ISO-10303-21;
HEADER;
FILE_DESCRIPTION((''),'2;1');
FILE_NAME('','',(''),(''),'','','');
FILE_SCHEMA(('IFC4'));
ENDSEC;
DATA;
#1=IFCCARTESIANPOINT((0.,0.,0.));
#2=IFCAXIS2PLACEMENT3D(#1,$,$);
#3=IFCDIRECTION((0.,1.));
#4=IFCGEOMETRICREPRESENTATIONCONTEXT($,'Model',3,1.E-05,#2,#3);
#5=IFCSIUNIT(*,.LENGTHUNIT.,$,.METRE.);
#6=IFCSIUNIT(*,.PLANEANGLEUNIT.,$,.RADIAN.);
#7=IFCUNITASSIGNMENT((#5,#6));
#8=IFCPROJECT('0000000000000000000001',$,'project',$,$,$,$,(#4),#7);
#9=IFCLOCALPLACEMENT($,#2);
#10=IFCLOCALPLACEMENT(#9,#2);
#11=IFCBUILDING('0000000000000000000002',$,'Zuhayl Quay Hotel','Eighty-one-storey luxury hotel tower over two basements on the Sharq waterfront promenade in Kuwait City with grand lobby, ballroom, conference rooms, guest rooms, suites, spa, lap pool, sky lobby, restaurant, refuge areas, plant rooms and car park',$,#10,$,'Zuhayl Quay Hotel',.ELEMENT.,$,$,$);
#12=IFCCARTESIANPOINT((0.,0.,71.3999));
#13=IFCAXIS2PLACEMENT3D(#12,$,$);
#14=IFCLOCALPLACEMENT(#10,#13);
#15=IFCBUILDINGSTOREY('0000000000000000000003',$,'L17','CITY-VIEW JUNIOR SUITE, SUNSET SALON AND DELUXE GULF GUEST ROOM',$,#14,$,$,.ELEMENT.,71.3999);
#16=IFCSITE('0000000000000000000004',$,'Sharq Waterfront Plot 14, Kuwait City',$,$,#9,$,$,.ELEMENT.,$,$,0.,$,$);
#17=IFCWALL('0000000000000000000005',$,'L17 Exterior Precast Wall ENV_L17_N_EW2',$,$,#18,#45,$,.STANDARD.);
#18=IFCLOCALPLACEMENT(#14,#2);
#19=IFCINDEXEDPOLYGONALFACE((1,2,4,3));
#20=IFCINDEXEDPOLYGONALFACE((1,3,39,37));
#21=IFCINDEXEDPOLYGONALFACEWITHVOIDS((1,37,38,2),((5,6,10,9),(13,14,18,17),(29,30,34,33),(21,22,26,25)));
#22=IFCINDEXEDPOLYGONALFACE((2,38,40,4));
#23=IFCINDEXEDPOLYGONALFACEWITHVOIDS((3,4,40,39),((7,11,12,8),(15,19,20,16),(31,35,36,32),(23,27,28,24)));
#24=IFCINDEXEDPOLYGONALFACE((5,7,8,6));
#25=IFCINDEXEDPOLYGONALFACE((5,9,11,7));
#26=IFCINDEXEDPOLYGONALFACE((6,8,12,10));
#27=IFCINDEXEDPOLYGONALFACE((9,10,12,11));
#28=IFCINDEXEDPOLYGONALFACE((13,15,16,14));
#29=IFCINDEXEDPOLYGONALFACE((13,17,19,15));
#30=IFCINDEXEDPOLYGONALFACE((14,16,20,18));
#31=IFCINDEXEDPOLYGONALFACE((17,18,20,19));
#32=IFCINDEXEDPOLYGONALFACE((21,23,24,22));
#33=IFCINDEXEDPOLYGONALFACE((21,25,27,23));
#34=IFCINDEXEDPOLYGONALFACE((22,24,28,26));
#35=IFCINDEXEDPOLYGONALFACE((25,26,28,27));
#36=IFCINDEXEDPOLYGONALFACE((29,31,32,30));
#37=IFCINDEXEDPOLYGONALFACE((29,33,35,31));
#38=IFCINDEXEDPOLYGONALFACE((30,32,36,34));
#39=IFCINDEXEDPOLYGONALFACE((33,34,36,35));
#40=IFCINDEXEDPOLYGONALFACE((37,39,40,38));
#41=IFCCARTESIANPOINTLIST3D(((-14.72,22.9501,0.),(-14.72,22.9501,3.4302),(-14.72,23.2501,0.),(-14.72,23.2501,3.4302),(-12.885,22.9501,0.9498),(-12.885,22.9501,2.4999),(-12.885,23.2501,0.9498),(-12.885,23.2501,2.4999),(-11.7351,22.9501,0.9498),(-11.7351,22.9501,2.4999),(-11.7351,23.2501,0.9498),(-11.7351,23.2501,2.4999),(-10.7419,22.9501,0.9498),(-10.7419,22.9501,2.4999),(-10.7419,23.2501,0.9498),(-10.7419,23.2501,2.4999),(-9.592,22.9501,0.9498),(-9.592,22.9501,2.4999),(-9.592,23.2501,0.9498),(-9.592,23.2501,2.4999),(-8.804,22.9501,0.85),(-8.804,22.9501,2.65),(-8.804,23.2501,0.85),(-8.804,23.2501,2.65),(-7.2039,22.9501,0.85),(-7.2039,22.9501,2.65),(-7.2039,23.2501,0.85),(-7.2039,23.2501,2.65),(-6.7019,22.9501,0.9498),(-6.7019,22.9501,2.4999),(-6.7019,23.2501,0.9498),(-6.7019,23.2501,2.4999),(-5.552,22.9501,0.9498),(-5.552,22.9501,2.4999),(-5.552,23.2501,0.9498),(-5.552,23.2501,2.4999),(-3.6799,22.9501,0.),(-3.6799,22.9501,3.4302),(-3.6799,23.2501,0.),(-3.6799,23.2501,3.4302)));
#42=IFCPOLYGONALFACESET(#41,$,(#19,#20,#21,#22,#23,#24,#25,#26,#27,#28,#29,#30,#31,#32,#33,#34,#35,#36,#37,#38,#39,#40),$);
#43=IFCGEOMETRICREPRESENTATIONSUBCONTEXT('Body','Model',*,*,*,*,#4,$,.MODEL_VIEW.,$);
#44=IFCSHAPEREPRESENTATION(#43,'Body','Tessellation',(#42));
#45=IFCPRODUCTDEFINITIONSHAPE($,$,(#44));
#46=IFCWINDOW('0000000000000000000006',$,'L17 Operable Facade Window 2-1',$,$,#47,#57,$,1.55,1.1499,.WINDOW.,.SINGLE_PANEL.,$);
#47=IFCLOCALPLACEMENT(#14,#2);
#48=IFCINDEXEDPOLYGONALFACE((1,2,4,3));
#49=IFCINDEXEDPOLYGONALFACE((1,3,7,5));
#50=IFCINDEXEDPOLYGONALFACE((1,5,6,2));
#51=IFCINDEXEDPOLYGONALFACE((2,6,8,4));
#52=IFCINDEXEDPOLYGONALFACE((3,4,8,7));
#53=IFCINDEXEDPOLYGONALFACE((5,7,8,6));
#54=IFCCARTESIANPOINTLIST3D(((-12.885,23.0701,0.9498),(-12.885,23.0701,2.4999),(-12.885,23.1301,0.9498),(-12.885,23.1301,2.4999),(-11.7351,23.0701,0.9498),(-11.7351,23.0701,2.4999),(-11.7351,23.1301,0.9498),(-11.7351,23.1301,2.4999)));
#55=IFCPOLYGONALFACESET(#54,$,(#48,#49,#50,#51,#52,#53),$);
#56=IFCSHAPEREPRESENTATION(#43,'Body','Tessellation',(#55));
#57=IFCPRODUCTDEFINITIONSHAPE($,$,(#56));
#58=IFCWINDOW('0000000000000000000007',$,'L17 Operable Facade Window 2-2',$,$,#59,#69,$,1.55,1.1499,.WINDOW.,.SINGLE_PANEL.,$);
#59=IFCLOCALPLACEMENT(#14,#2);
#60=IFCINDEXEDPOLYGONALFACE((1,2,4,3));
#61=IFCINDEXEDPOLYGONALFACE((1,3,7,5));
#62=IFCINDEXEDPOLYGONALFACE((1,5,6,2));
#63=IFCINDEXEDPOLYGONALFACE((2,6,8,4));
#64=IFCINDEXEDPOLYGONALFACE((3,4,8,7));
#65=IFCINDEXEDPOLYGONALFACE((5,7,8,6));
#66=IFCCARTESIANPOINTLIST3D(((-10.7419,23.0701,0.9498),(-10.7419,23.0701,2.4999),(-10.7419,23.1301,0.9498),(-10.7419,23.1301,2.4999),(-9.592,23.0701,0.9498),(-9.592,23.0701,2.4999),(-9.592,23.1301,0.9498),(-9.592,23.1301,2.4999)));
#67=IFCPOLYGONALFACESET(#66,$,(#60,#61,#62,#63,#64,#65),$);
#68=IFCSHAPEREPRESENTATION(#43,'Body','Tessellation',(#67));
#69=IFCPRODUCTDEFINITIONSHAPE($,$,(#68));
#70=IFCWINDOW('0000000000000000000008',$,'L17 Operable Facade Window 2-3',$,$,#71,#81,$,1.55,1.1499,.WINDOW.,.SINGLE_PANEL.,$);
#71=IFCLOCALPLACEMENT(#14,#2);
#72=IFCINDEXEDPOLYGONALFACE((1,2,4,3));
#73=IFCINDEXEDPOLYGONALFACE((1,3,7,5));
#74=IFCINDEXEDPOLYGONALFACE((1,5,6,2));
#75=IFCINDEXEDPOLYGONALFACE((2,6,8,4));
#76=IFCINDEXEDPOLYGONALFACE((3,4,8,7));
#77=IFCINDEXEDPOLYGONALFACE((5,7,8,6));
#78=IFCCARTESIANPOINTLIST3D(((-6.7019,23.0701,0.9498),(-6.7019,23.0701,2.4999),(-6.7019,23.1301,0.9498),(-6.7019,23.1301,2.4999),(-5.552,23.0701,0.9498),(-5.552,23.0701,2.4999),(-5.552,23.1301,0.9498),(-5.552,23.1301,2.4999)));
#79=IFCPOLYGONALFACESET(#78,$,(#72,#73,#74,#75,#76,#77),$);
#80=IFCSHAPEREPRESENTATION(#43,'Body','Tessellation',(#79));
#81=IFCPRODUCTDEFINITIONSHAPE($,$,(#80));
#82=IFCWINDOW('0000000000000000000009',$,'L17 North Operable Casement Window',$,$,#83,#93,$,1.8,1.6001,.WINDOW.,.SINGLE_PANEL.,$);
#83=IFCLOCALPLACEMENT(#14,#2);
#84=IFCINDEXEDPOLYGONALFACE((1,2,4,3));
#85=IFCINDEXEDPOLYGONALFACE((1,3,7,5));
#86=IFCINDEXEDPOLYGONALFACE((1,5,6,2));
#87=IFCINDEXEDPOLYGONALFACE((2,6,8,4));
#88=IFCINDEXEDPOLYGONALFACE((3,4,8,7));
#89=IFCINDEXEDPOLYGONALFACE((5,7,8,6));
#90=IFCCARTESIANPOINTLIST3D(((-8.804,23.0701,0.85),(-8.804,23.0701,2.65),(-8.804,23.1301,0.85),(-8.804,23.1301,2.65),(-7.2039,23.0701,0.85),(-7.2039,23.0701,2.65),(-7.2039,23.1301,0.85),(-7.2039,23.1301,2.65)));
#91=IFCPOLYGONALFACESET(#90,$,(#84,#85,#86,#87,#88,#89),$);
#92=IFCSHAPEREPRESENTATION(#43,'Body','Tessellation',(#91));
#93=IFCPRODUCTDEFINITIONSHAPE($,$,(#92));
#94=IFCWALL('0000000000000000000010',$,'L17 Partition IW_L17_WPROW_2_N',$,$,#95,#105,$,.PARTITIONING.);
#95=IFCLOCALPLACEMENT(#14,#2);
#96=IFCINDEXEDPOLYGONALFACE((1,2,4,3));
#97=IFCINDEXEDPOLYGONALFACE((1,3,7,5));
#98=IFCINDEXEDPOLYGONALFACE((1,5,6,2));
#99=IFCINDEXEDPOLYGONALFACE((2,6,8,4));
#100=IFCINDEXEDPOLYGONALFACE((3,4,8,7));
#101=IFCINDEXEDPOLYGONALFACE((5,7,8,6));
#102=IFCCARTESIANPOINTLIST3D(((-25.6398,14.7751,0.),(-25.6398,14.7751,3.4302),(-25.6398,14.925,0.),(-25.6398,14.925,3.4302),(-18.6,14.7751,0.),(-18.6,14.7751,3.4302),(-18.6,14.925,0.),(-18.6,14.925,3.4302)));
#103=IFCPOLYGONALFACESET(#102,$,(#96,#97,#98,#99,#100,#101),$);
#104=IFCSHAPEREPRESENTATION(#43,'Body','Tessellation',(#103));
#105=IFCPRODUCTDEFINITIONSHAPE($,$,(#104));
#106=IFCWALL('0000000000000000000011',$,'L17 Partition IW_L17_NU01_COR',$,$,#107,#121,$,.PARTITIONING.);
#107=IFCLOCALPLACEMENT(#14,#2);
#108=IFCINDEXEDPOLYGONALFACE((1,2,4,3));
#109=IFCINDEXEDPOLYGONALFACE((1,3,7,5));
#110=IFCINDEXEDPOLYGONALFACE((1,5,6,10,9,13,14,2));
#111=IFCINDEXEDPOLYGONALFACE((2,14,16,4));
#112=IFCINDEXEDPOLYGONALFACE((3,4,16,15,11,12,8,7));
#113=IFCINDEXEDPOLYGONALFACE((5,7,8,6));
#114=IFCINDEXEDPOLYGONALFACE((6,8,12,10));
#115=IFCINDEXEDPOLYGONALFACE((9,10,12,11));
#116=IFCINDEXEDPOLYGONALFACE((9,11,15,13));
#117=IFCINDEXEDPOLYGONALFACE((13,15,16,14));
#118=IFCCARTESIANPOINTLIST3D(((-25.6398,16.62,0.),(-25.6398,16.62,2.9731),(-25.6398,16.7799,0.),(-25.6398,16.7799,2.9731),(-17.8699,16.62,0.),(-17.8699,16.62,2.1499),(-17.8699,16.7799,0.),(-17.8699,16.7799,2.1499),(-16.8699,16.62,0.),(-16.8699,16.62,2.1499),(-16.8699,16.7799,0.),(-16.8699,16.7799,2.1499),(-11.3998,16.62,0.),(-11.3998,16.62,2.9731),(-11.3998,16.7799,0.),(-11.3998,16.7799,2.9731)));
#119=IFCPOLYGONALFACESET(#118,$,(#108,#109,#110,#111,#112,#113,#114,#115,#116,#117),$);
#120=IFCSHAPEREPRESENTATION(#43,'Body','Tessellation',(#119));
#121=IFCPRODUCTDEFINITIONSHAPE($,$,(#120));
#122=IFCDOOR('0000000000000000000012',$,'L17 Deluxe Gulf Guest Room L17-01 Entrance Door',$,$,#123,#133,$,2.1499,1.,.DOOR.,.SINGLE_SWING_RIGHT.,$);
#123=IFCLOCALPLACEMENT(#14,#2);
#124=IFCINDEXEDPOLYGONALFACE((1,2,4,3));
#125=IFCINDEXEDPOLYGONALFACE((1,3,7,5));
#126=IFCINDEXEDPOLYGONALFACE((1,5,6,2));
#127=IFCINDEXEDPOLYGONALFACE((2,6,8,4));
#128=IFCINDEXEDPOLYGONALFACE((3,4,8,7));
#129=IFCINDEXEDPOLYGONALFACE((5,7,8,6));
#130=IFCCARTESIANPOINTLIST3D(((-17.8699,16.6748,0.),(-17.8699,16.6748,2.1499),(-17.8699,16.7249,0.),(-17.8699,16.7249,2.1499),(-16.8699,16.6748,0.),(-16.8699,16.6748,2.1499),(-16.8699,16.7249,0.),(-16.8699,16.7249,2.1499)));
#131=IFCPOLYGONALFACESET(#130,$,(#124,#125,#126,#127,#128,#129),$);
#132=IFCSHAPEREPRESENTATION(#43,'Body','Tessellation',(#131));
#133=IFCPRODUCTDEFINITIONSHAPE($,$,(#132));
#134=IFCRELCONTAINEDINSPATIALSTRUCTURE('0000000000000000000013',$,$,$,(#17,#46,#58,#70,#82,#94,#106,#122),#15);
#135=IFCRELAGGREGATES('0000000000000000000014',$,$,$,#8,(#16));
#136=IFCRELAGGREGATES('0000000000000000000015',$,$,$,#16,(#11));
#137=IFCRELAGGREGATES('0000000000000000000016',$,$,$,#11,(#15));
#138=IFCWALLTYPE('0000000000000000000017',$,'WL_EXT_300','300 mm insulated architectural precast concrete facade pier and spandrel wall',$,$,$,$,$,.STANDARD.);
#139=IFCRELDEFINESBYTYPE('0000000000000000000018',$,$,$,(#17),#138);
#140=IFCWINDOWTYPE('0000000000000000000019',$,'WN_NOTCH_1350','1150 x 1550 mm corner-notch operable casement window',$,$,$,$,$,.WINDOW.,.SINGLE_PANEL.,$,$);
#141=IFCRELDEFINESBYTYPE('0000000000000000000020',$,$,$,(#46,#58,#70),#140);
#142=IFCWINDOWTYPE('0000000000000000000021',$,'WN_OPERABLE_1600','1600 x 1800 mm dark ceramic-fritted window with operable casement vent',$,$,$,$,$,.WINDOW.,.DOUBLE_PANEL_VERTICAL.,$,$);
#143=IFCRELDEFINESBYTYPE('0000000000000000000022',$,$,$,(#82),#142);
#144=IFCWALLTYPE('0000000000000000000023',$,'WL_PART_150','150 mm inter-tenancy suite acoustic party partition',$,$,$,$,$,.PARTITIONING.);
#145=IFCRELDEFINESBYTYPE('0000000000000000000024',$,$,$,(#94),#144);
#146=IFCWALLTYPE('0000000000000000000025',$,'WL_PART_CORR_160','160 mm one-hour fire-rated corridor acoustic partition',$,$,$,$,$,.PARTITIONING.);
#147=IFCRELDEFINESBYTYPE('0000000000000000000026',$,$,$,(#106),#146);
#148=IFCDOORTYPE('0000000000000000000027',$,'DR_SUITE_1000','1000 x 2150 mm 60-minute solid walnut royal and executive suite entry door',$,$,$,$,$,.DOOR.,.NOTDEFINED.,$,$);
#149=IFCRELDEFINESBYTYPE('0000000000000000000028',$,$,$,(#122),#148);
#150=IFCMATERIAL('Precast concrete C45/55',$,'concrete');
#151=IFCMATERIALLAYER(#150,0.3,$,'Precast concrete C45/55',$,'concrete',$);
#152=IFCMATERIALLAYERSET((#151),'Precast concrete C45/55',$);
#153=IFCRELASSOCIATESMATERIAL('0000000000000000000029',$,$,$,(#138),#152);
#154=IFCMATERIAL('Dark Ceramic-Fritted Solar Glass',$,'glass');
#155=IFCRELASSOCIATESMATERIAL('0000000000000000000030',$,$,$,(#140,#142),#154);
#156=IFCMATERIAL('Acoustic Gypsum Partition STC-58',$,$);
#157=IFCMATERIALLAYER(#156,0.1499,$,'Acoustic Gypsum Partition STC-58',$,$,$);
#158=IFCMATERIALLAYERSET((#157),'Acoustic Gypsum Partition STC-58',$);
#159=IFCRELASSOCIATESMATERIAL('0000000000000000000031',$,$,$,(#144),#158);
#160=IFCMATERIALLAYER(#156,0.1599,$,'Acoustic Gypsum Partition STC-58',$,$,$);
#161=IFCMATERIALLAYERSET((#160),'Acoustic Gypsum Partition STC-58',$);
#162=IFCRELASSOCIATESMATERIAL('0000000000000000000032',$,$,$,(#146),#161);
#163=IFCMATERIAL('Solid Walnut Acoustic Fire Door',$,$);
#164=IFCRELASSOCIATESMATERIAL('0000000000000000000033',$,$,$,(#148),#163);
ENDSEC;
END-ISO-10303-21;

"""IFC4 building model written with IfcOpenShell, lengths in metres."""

from ifc_helpers import new_model, si_unit, direction, frame, frame_2d, origin, place, context, subcontext, project, spatial, rectangle, extrude, material, layer, layer_set, type_object, element, fill, save


model = new_model("IFC4")

# Units and contexts
model_context = context("Model", 3, precision=1e-05, world=origin(), true_north=direction((0.0, 1.0)))
body_context = subcontext(model_context, "Body", "Model", "MODEL_VIEW")
ifc_project = project(units=[si_unit("LENGTHUNIT", "METRE"), si_unit("PLANEANGLEUNIT", "RADIAN")], contexts=[model_context])

# Site, building, storey
site_placement = place(None, origin())
site = spatial("IfcSite", under=ifc_project, at=site_placement, Name="Sharq Waterfront Plot 14, Kuwait City", CompositionType="ELEMENT", RefElevation=0.0)
building_placement = place(site_placement, origin())
building = spatial("IfcBuilding", under=site, at=building_placement, Name="Zuhayl Quay Hotel", Description="Eighty-one-storey luxury hotel tower over two basements on the Sharq waterfront promenade in Kuwait City with grand lobby, ballroom, conference rooms, guest rooms, suites, spa, lap pool, sky lobby, restaurant, refuge areas, plant rooms and car park", LongName="Zuhayl Quay Hotel", CompositionType="ELEMENT")
storey_placement = place(building_placement, frame((0.0, 0.0, 71.3999)))
storey = spatial("IfcBuildingStorey", under=building, at=storey_placement, Name="L17", Description="CITY-VIEW JUNIOR SUITE, SUNSET SALON AND DELUXE GULF GUEST ROOM", CompositionType="ELEMENT", Elevation=71.3999)

# Shared definitions
ifc_material_1 = material(Name="Dark Ceramic-Fritted Solar Glass", Category="glass")

# Shared definitions
ifc_material_2 = material(Name="Precast concrete C45/55", Category="concrete")
ifc_layer_1 = layer(ifc_material_2, 0.3, Name="Precast concrete C45/55", Category="concrete")
ifc_layer_set_1 = layer_set([ifc_layer_1], Name="Precast concrete C45/55")
wall_type_1 = type_object("IfcWallType", Name="WL_EXT_300", Description="300 mm insulated architectural precast concrete facade pier and spandrel wall", PredefinedType="STANDARD", material=ifc_layer_set_1)
window_type_1 = type_object("IfcWindowType", Name="WN_NOTCH_1350", Description="1150 x 1550 mm corner-notch operable casement window", PartitioningType="SINGLE_PANEL", PredefinedType="WINDOW", material=ifc_material_1)

# Wall, openings, windows
wall_1_placement = place(storey_placement, frame((-14.72, 23.1001, 0.0), z_axis=(0.0, 0.0, 1.0), x_axis=(1.0, 0.0, 0.0)))
wall_1 = element("IfcWall", 1, at=wall_1_placement, inside=storey, type_object=wall_type_1, Name="L17 Exterior Precast Wall ENV_L17_N_EW2", PredefinedType="STANDARD", context=body_context, shape_type="SweptSolid", body=[
    extrude(rectangle(XDim=11.04, YDim=0.3, at=frame_2d((5.52, 0.0))), origin(), (0.0, 0.0, 1.0), 3.4302),
])
opening_1_placement = place(wall_1_placement, frame((5.916, 0.0, 0.8501)))
opening_1 = element("IfcOpeningElement", 2, at=opening_1_placement, cuts=wall_1, PredefinedType="OPENING", context=body_context, shape_type="SweptSolid", body=[
    extrude(rectangle(XDim=1.6001, YDim=1.8, at=frame_2d((0.8, 0.8999))), frame((0.0, 0.1599, 0.0), z_axis=(0.0, -1.0, 0.0), x_axis=(1.0, 0.0, 0.0)), (0.0, 0.0, 1.0), 0.3201),
])
opening_2_placement = place(wall_1_placement, frame((1.835, 0.0, 0.95)))
opening_2 = element("IfcOpeningElement", 3, at=opening_2_placement, cuts=wall_1, PredefinedType="OPENING", context=body_context, shape_type="SweptSolid", body=[
    extrude(rectangle(XDim=1.1499, YDim=1.55, at=frame_2d((0.575, 0.7749))), frame((0.0, 0.1599, 0.0), z_axis=(0.0, -1.0, 0.0), x_axis=(1.0, 0.0, 0.0)), (0.0, 0.0, 1.0), 0.3201),
])
opening_3_placement = place(wall_1_placement, frame((3.978, 0.0, 0.95)))
opening_3 = element("IfcOpeningElement", 4, at=opening_3_placement, cuts=wall_1, PredefinedType="OPENING", context=body_context, shape_type="SweptSolid", body=[
    extrude(rectangle(XDim=1.1499, YDim=1.55, at=frame_2d((0.575, 0.7749))), frame((0.0, 0.1599, 0.0), z_axis=(0.0, -1.0, 0.0), x_axis=(1.0, 0.0, 0.0)), (0.0, 0.0, 1.0), 0.3201),
])
opening_4_placement = place(wall_1_placement, frame((8.0181, 0.0, 0.95)))
opening_4 = element("IfcOpeningElement", 5, at=opening_4_placement, cuts=wall_1, PredefinedType="OPENING", context=body_context, shape_type="SweptSolid", body=[
    extrude(rectangle(XDim=1.1499, YDim=1.55, at=frame_2d((0.575, 0.7749))), frame((0.0, 0.1599, 0.0), z_axis=(0.0, -1.0, 0.0), x_axis=(1.0, 0.0, 0.0)), (0.0, 0.0, 1.0), 0.3201),
])
window_1_placement = place(opening_2_placement, origin())
window_1 = element("IfcWindow", 6, at=window_1_placement, inside=storey, type_object=window_type_1, Name="L17 Operable Facade Window 2-1", OverallHeight=1.55, OverallWidth=1.1499, PartitioningType="SINGLE_PANEL", PredefinedType="WINDOW", context=body_context, shape_type="SweptSolid", body=[
    extrude(rectangle(XDim=1.1499, YDim=1.55, at=frame_2d((0.575, 0.7749))), frame((0.0, 0.03, 0.0), z_axis=(0.0, -1.0, 0.0), x_axis=(1.0, 0.0, 0.0)), (0.0, 0.0, 1.0), 0.0601),
])
fill(opening_2, window_1)
window_2_placement = place(opening_3_placement, origin())
window_2 = element("IfcWindow", 7, at=window_2_placement, inside=storey, type_object=window_type_1, Name="L17 Operable Facade Window 2-2", OverallHeight=1.55, OverallWidth=1.1499, PartitioningType="SINGLE_PANEL", PredefinedType="WINDOW", context=body_context, shape_type="SweptSolid", body=[
    extrude(rectangle(XDim=1.1499, YDim=1.55, at=frame_2d((0.575, 0.7749))), frame((0.0, 0.03, 0.0), z_axis=(0.0, -1.0, 0.0), x_axis=(1.0, 0.0, 0.0)), (0.0, 0.0, 1.0), 0.0601),
])
fill(opening_3, window_2)
window_3_placement = place(opening_4_placement, origin())
window_3 = element("IfcWindow", 8, at=window_3_placement, inside=storey, type_object=window_type_1, Name="L17 Operable Facade Window 2-3", OverallHeight=1.55, OverallWidth=1.1499, PartitioningType="SINGLE_PANEL", PredefinedType="WINDOW", context=body_context, shape_type="SweptSolid", body=[
    extrude(rectangle(XDim=1.1499, YDim=1.55, at=frame_2d((0.575, 0.7749))), frame((0.0, 0.03, 0.0), z_axis=(0.0, -1.0, 0.0), x_axis=(1.0, 0.0, 0.0)), (0.0, 0.0, 1.0), 0.0601),
])
fill(opening_4, window_3)
window_type_2 = type_object("IfcWindowType", Name="WN_OPERABLE_1600", Description="1600 x 1800 mm dark ceramic-fritted window with operable casement vent", PartitioningType="DOUBLE_PANEL_VERTICAL", PredefinedType="WINDOW", material=ifc_material_1)
window_4_placement = place(opening_1_placement, origin())
window_4 = element("IfcWindow", 9, at=window_4_placement, inside=storey, type_object=window_type_2, Name="L17 North Operable Casement Window", OverallHeight=1.8, OverallWidth=1.6001, PartitioningType="SINGLE_PANEL", PredefinedType="WINDOW", context=body_context, shape_type="SweptSolid", body=[
    extrude(rectangle(XDim=1.6001, YDim=1.8, at=frame_2d((0.8, 0.8999))), frame((0.0, 0.03, 0.0), z_axis=(0.0, -1.0, 0.0), x_axis=(1.0, 0.0, 0.0)), (0.0, 0.0, 1.0), 0.0601),
])
fill(opening_1, window_4)

# Wall
ifc_material_3 = material(Name="Acoustic Gypsum Partition STC-58")
ifc_layer_2 = layer(ifc_material_3, 0.1499, Name="Acoustic Gypsum Partition STC-58")
ifc_layer_set_2 = layer_set([ifc_layer_2], Name="Acoustic Gypsum Partition STC-58")
wall_type_2 = type_object("IfcWallType", Name="WL_PART_150", Description="150 mm inter-tenancy suite acoustic party partition", PredefinedType="PARTITIONING", material=ifc_layer_set_2)
wall_2_placement = place(storey_placement, frame((-25.6399, 14.8501, 0.0), z_axis=(0.0, 0.0, 1.0), x_axis=(1.0, 0.0, 0.0)))
element("IfcWall", 10, at=wall_2_placement, inside=storey, type_object=wall_type_2, Name="L17 Partition IW_L17_WPROW_2_N", PredefinedType="PARTITIONING", context=body_context, shape_type="SweptSolid", body=[
    extrude(rectangle(XDim=7.0398, YDim=0.1499, at=frame_2d((3.52, 0.0))), origin(), (0.0, 0.0, 1.0), 3.4302),
])

# Wall, opening, door
ifc_layer_3 = layer(ifc_material_3, 0.1599, Name="Acoustic Gypsum Partition STC-58")
ifc_layer_set_3 = layer_set([ifc_layer_3], Name="Acoustic Gypsum Partition STC-58")
wall_type_3 = type_object("IfcWallType", Name="WL_PART_CORR_160", Description="160 mm one-hour fire-rated corridor acoustic partition", PredefinedType="PARTITIONING", material=ifc_layer_set_3)
wall_3_placement = place(storey_placement, frame((-25.6399, 16.7, 0.0), z_axis=(0.0, 0.0, 1.0), x_axis=(1.0, 0.0, 0.0)))
wall_3 = element("IfcWall", 11, at=wall_3_placement, inside=storey, type_object=wall_type_3, Name="L17 Partition IW_L17_NU01_COR", PredefinedType="PARTITIONING", context=body_context, shape_type="SweptSolid", body=[
    extrude(rectangle(XDim=14.24, YDim=0.1599, at=frame_2d((7.1201, 0.0))), origin(), (0.0, 0.0, 1.0), 2.9731),
])
opening_5_placement = place(wall_3_placement, frame((7.77, 0.0, 0.0)))
opening_5 = element("IfcOpeningElement", 12, at=opening_5_placement, cuts=wall_3, PredefinedType="OPENING", context=body_context, shape_type="SweptSolid", body=[
    extrude(rectangle(XDim=1.0, YDim=2.1499, at=frame_2d((0.5, 1.075))), frame((0.0, 0.0898, 0.0), z_axis=(0.0, -1.0, 0.0), x_axis=(1.0, 0.0, 0.0)), (0.0, 0.0, 1.0), 0.1799),
])
ifc_material_4 = material(Name="Solid Walnut Acoustic Fire Door")
door_type_1 = type_object("IfcDoorType", Name="DR_SUITE_1000", Description="1000 x 2150 mm 60-minute solid walnut royal and executive suite entry door", OperationType="NOTDEFINED", PredefinedType="DOOR", material=ifc_material_4)
door_1_placement = place(opening_5_placement, origin())
door_1 = element("IfcDoor", 13, at=door_1_placement, inside=storey, type_object=door_type_1, Name="L17 Deluxe Gulf Guest Room L17-01 Entrance Door", OperationType="SINGLE_SWING_RIGHT", OverallHeight=2.1499, OverallWidth=1.0, PredefinedType="DOOR", context=body_context, shape_type="SweptSolid", body=[
    extrude(rectangle(XDim=1.0, YDim=2.1499, at=frame_2d((0.5, 1.075))), frame((0.0, 0.0249, 0.0), z_axis=(0.0, -1.0, 0.0), x_axis=(1.0, 0.0, 0.0)), (0.0, 0.0, 1.0), 0.05),
])
fill(opening_5, door_1)

save(model, "model.ifc")
